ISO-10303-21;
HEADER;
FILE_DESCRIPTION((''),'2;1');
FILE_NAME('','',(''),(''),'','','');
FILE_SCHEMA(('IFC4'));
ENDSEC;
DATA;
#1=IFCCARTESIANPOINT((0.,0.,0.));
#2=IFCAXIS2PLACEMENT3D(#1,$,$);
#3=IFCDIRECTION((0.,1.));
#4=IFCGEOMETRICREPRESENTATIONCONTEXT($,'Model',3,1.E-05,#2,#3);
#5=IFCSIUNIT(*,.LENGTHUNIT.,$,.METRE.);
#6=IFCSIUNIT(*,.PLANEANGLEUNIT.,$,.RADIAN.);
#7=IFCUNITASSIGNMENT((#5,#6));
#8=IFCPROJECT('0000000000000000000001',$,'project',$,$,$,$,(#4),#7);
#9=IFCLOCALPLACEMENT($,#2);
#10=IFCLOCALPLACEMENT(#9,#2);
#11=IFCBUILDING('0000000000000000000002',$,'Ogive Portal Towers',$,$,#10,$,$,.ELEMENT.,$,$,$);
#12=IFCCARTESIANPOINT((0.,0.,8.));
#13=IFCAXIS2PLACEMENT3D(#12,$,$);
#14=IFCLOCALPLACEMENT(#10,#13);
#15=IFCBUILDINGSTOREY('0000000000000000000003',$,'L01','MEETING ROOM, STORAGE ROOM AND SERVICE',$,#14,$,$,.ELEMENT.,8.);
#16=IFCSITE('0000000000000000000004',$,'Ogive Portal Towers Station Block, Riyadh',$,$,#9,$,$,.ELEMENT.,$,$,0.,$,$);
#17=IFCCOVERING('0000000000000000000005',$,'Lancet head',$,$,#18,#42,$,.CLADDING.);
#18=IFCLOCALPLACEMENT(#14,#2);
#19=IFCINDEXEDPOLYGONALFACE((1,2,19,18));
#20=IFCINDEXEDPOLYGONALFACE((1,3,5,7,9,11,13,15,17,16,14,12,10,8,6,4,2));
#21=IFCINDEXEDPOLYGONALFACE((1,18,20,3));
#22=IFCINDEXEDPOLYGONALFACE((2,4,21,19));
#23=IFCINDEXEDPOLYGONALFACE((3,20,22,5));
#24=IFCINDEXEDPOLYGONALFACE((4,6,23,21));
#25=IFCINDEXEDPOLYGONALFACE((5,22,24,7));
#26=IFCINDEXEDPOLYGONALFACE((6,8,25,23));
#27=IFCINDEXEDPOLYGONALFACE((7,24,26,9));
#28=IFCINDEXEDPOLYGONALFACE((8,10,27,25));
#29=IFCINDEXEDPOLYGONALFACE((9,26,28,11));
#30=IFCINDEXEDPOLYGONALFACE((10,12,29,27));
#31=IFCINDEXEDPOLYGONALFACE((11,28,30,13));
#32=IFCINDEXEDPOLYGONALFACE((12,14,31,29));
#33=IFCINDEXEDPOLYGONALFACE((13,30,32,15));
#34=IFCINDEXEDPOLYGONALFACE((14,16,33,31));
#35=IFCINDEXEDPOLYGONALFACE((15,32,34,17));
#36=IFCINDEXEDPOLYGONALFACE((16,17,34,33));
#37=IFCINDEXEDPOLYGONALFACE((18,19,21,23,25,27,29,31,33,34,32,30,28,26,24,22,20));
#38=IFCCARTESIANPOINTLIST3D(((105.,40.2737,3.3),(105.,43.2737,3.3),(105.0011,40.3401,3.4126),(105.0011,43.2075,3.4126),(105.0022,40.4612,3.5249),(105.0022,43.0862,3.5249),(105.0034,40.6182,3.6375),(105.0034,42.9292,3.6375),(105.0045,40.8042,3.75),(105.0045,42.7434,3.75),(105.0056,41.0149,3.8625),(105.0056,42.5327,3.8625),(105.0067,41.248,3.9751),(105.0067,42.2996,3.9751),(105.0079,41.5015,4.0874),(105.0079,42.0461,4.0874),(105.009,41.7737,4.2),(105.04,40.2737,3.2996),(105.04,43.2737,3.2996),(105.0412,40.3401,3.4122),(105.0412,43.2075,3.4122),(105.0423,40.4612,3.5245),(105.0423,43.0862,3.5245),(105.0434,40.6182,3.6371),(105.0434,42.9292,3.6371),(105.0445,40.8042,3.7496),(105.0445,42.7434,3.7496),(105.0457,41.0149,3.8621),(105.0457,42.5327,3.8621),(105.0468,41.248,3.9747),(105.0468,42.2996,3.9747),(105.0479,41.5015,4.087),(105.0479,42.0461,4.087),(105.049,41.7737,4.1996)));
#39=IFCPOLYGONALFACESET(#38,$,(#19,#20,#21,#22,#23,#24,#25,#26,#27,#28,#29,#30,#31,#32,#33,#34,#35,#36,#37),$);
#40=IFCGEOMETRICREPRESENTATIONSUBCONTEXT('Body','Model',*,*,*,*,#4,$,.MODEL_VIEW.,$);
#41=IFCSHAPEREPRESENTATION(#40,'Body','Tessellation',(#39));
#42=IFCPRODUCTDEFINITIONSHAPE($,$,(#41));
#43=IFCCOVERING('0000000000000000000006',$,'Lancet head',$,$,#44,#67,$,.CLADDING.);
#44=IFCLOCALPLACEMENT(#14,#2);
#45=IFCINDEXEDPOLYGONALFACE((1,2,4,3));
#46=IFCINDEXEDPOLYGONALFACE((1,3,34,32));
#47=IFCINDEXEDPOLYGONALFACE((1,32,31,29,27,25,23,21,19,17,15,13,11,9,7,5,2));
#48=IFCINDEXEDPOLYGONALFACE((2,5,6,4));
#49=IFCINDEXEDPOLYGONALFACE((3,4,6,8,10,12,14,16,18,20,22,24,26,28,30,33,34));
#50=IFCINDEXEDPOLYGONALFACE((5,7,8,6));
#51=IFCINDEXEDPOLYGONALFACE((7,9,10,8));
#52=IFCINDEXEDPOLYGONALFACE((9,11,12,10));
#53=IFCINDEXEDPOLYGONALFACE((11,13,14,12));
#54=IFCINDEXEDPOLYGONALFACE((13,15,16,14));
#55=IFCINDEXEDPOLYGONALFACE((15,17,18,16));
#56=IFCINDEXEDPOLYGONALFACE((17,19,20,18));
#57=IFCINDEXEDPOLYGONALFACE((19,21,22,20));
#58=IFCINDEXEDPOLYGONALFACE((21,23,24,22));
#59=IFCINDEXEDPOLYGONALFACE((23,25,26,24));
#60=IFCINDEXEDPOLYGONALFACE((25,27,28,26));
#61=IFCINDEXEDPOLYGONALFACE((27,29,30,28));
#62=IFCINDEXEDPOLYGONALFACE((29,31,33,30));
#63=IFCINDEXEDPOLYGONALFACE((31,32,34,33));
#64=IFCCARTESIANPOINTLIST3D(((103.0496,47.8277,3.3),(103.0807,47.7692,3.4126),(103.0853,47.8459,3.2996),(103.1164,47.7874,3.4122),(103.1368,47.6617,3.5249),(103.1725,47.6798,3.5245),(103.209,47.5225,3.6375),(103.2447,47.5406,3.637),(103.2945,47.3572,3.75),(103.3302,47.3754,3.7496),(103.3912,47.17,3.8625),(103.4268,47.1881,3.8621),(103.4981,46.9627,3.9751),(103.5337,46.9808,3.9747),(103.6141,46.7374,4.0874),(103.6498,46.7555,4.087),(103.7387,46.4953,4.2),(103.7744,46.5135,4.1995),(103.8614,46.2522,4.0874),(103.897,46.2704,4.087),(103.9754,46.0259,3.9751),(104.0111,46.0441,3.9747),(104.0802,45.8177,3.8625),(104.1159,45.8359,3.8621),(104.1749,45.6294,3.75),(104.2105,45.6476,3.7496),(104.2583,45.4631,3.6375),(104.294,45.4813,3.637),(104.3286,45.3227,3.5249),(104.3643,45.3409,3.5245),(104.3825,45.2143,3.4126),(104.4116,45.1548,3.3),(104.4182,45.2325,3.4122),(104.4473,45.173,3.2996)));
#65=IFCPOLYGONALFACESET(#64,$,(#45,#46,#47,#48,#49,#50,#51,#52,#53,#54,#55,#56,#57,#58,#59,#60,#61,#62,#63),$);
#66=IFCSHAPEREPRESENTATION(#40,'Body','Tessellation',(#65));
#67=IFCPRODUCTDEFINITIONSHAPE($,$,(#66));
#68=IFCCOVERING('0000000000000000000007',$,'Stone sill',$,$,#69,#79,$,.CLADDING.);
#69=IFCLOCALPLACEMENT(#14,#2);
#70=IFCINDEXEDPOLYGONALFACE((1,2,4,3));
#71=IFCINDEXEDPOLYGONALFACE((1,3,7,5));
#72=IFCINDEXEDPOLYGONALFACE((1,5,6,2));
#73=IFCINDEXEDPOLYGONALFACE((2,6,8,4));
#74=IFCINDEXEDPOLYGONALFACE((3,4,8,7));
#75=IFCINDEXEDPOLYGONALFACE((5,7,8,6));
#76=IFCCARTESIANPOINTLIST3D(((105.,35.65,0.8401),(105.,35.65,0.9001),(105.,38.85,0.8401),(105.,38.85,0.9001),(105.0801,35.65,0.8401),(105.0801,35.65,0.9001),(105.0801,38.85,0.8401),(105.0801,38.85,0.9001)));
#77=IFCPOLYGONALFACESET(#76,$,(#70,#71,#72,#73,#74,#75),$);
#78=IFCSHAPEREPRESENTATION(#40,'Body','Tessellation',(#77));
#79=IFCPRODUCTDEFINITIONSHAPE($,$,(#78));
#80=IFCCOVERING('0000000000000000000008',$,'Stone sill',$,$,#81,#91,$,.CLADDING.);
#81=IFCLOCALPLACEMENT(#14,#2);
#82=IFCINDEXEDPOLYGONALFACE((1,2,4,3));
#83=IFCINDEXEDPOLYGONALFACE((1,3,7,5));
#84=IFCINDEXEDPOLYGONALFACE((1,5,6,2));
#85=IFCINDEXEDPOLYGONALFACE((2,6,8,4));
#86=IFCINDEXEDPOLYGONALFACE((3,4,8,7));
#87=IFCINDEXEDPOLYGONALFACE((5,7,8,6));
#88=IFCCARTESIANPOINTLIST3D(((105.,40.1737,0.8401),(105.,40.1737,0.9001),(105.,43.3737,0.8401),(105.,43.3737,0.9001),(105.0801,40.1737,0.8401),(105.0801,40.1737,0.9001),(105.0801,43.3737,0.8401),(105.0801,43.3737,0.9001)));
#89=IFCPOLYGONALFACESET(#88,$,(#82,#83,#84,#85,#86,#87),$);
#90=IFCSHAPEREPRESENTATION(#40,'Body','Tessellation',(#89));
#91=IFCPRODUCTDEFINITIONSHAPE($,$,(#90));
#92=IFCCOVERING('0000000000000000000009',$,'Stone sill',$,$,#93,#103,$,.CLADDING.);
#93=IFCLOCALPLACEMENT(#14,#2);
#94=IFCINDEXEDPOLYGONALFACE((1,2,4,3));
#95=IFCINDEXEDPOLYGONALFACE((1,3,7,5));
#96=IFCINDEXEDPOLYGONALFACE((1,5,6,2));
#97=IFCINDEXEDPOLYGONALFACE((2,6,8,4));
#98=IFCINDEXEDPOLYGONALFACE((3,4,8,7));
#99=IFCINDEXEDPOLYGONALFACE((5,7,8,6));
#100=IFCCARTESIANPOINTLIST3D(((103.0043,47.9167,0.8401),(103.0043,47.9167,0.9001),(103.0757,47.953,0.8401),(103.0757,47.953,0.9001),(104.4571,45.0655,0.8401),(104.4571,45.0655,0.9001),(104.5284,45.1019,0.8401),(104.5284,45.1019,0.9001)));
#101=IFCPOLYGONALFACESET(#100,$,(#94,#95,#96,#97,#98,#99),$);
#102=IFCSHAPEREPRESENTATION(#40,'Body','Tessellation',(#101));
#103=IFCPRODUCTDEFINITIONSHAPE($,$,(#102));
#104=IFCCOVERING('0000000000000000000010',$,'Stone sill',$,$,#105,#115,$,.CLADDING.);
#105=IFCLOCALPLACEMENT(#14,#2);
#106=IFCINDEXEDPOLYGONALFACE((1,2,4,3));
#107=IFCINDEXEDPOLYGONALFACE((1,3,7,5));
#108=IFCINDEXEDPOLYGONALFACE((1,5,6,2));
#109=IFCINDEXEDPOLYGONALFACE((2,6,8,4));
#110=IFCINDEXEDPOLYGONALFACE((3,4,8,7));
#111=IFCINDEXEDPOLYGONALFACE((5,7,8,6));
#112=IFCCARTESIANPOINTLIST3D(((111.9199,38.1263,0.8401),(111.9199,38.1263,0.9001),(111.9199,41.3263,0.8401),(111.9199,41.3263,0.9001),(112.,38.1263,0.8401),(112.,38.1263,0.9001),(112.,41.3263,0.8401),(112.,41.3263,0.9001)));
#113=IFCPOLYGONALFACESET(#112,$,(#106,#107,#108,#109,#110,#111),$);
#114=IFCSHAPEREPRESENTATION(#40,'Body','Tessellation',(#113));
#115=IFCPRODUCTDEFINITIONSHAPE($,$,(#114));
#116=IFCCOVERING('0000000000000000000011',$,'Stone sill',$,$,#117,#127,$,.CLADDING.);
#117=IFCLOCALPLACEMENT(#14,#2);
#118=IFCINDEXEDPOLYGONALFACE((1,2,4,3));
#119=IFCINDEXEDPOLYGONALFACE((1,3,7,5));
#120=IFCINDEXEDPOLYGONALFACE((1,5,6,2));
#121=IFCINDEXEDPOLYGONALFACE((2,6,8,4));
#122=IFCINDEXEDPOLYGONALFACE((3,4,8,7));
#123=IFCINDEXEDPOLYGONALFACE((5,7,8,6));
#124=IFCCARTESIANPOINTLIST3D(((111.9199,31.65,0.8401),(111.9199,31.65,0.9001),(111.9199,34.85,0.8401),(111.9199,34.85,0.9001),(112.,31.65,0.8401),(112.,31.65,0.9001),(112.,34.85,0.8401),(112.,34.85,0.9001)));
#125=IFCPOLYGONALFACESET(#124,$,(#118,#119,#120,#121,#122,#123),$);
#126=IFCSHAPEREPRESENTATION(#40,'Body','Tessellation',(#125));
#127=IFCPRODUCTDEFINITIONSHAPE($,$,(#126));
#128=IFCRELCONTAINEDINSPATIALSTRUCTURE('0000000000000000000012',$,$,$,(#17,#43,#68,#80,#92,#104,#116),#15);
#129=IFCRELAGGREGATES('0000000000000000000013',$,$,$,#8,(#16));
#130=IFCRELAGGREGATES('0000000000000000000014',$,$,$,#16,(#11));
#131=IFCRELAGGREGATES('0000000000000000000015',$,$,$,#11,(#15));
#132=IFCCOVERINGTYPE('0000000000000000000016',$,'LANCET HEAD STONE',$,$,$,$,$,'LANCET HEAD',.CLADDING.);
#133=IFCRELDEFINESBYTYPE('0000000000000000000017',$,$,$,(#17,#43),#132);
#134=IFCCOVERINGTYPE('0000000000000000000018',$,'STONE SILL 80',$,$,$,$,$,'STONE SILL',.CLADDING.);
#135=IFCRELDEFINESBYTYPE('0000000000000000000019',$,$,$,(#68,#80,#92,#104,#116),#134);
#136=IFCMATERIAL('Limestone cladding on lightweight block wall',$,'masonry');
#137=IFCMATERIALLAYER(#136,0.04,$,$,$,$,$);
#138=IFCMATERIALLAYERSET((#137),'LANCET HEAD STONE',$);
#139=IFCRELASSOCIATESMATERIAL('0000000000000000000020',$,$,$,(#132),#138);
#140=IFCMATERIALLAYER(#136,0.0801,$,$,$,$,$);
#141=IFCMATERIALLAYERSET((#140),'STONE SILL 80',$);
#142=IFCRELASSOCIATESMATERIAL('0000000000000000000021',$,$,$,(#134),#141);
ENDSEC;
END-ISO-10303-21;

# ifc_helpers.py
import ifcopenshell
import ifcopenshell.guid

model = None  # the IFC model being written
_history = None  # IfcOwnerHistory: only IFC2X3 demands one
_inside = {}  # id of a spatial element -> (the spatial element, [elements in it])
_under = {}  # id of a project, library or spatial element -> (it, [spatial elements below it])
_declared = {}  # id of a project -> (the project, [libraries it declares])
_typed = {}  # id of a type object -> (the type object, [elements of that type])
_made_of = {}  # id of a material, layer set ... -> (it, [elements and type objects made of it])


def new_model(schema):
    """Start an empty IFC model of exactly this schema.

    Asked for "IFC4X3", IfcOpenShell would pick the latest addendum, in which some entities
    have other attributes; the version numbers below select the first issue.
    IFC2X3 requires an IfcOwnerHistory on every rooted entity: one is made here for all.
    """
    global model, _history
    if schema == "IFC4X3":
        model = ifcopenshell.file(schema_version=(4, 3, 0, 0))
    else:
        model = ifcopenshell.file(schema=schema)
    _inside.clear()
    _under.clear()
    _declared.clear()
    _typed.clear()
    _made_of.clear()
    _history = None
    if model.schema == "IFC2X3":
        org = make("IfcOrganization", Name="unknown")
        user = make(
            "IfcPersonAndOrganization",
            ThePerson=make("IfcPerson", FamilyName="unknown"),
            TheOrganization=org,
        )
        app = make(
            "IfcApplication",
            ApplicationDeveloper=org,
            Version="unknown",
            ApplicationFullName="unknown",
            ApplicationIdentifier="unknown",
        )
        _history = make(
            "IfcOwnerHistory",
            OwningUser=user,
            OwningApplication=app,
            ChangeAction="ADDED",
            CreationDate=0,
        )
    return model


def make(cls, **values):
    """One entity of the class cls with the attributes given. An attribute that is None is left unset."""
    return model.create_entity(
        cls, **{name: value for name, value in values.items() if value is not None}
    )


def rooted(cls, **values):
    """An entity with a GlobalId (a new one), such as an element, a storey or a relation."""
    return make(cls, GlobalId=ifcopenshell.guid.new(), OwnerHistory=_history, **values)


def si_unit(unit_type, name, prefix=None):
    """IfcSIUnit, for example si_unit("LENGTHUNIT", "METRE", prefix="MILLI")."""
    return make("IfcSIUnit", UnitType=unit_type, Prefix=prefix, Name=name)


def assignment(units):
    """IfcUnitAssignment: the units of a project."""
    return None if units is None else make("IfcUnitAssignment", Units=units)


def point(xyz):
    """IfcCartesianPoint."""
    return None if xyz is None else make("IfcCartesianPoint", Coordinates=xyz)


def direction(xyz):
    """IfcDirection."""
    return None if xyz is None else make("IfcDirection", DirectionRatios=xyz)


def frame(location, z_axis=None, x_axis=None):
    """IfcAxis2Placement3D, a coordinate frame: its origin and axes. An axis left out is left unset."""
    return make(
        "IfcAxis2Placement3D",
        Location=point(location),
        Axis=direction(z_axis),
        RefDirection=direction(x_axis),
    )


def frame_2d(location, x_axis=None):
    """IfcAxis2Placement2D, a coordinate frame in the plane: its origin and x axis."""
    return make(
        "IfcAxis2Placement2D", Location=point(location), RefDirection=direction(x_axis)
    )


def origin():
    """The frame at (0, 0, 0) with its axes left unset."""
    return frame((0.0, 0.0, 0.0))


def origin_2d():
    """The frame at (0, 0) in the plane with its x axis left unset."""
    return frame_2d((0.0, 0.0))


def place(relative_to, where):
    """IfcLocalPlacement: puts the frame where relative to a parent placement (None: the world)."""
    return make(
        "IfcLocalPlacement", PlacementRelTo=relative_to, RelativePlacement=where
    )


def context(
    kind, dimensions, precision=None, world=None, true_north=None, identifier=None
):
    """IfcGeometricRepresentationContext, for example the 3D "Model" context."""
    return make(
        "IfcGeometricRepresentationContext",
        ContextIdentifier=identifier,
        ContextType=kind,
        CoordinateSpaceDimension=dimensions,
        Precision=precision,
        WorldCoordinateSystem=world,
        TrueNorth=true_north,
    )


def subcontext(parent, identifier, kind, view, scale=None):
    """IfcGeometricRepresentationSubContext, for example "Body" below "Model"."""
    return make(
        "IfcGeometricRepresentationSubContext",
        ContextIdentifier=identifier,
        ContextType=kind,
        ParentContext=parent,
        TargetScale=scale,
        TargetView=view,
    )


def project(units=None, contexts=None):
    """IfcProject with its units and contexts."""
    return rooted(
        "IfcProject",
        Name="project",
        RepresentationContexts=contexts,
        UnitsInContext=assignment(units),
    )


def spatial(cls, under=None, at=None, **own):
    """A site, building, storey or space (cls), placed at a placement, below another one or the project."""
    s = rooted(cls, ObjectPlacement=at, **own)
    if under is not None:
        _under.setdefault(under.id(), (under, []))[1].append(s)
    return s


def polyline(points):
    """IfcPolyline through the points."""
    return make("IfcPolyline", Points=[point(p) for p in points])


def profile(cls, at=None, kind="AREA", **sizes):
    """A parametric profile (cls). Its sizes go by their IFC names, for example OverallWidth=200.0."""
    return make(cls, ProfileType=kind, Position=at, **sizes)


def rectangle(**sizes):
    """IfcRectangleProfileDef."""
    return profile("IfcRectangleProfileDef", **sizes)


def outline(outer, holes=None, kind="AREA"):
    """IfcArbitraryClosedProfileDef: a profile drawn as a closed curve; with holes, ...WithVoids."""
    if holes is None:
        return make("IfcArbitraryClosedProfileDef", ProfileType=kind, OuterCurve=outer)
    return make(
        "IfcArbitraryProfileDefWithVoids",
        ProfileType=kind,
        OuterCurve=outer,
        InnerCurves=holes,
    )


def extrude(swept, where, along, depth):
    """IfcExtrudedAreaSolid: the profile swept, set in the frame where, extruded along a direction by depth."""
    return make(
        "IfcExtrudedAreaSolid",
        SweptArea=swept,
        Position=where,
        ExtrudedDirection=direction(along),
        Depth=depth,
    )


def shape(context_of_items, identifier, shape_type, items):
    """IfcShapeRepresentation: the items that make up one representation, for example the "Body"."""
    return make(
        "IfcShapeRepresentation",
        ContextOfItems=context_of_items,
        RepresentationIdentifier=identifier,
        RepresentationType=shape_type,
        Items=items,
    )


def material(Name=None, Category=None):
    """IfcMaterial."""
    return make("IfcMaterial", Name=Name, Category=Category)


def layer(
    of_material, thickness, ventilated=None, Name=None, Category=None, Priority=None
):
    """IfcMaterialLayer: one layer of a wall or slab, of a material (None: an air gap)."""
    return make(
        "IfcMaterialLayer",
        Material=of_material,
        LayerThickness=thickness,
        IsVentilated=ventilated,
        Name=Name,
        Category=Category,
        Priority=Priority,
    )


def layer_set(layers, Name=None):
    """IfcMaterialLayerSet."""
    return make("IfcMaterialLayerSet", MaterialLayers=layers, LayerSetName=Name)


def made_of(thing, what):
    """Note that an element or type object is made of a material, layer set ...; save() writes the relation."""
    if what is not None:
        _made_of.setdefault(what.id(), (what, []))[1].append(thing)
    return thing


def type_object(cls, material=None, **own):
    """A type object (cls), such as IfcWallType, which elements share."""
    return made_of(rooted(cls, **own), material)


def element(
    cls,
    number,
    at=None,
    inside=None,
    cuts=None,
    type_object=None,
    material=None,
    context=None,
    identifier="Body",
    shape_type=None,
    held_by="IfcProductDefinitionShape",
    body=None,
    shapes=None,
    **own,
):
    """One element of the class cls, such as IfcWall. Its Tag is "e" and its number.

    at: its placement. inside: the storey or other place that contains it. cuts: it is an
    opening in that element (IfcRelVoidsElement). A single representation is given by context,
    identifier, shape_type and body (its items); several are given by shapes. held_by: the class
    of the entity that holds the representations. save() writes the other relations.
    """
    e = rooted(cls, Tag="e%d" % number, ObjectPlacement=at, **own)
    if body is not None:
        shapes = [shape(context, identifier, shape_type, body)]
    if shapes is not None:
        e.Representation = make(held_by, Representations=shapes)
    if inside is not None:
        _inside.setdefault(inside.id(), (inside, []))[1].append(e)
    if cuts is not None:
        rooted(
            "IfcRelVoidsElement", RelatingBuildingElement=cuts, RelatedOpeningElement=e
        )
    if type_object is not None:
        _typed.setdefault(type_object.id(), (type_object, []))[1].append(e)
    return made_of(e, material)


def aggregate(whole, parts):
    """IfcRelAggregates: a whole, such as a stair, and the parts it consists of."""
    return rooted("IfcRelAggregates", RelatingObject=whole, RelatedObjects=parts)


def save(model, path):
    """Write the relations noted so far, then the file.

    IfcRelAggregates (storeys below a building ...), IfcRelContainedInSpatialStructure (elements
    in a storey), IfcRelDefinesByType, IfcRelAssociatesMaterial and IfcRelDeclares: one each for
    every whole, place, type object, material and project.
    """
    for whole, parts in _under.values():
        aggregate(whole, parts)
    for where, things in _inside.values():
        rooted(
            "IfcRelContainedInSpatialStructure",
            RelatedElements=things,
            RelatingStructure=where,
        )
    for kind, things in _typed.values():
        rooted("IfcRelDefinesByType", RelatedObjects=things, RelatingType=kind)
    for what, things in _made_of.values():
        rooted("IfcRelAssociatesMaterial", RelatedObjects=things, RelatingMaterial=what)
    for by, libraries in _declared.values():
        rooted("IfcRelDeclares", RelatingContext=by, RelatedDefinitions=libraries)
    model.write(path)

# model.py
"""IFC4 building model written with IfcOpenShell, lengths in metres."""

from ifc_helpers import new_model, si_unit, direction, frame, origin, origin_2d, place, context, subcontext, project, spatial, polyline, rectangle, outline, extrude, material, layer, layer_set, type_object, element, save


model = new_model("IFC4")

# Units and contexts
model_context = context("Model", 3, precision=1e-05, world=origin(), true_north=direction((0.0, 1.0)))
body_context = subcontext(model_context, "Body", "Model", "MODEL_VIEW")
ifc_project = project(units=[si_unit("LENGTHUNIT", "METRE"), si_unit("PLANEANGLEUNIT", "RADIAN")], contexts=[model_context])

# Site, building, storey
site_placement = place(None, origin())
site = spatial("IfcSite", under=ifc_project, at=site_placement, Name="Ogive Portal Towers Station Block, Riyadh", CompositionType="ELEMENT", RefElevation=0.0)
building_placement = place(site_placement, origin())
building = spatial("IfcBuilding", under=site, at=building_placement, Name="Ogive Portal Towers", CompositionType="ELEMENT")
storey_placement = place(building_placement, frame((0.0, 0.0, 8.0)))
storey = spatial("IfcBuildingStorey", under=building, at=storey_placement, Name="L01", Description="MEETING ROOM, STORAGE ROOM AND SERVICE", CompositionType="ELEMENT", Elevation=8.0)

# Shared definitions
ifc_material_1 = material(Name="Limestone cladding on lightweight block wall", Category="masonry")

# Coverings
ifc_layer_1 = layer(ifc_material_1, 0.04)
ifc_layer_set_1 = layer_set([ifc_layer_1], Name="LANCET HEAD STONE")
covering_type_1 = type_object("IfcCoveringType", Name="LANCET HEAD STONE", ElementType="LANCET HEAD", PredefinedType="CLADDING", material=ifc_layer_set_1)
covering_1_placement = place(storey_placement, frame((105.0, 40.2737, 3.3), z_axis=(-0.99995, 0.0, 0.009994), x_axis=(0.0, 1.0, 0.0)))
element("IfcCovering", 1, at=covering_1_placement, inside=storey, type_object=covering_type_1, Name="Lancet head", PredefinedType="CLADDING", context=body_context, shape_type="SweptSolid", body=[
    extrude(outline(polyline([(0.0, 0.0), (3.0, 0.0), (2.9338, -0.1126), (2.8125, -0.2249), (2.6555, -0.3374), (2.4697, -0.45), (2.259, -0.5625), (2.0259, -0.6751), (1.7725, -0.7874), (1.5, -0.8999), (1.2278, -0.7874), (0.9744, -0.6751), (0.7412, -0.5625), (0.5305, -0.45), (0.3445, -0.3374), (0.1875, -0.2249), (0.0664, -0.1126), (0.0, 0.0)])), origin(), (0.0, 0.0, -1.0), 0.04),
])
covering_2_placement = place(storey_placement, frame((104.4116, 45.1548, 3.3), z_axis=(-0.890951, -0.453987, 0.010108), x_axis=(-0.45401, 0.890997, 0.0)))
element("IfcCovering", 2, at=covering_2_placement, inside=storey, type_object=covering_type_1, Name="Lancet head", PredefinedType="CLADDING", context=body_context, shape_type="SweptSolid", body=[
    extrude(outline(polyline([(0.0, 0.0), (2.9999, 0.0), (2.9337, -0.1126), (2.8124, -0.2249), (2.6556, -0.3374), (2.4695, -0.45), (2.2588, -0.5625), (2.0256, -0.6751), (1.7721, -0.7874), (1.4999, -0.8999), (1.2276, -0.7874), (0.9742, -0.6751), (0.7411, -0.5625), (0.5304, -0.45), (0.3443, -0.3374), (0.1873, -0.2249), (0.0663, -0.1126), (0.0, 0.0)])), origin(), (0.0, 0.0, -1.0), 0.04),
])
ifc_layer_2 = layer(ifc_material_1, 0.0801)
ifc_layer_set_2 = layer_set([ifc_layer_2], Name="STONE SILL 80")
covering_type_2 = type_object("IfcCoveringType", Name="STONE SILL 80", ElementType="STONE SILL", PredefinedType="CLADDING", material=ifc_layer_set_2)
for number, where, z_axis, x_axis, name in (
    (3, (105.04, 37.25, 0.8401), (0.0, 0.0, 1.0), (0.0, 1.0, 0.0), "Stone sill"),
    (4, (105.04, 41.7737, 0.8401), (0.0, 0.0, 1.0), (0.0, 1.0, 0.0), "Stone sill"),
    (5, (103.7664, 46.5093, 0.8401), (0.0, 0.0, 1.0), (-0.45399, 0.891007, 0.0), "Stone sill"),
    (6, (111.96, 39.7263, 0.8401), (0.0, 0.0, 1.0), (0.0, -1.0, 0.0), "Stone sill"),
    (7, (111.96, 33.25, 0.8401), (0.0, 0.0, 1.0), (0.0, -1.0, 0.0), "Stone sill"),
):
    element("IfcCovering", number, at=place(storey_placement, frame(where, z_axis=z_axis, x_axis=x_axis)), inside=storey, type_object=covering_type_2, Name=name, PredefinedType="CLADDING", context=body_context, shape_type="SweptSolid", body=[
        extrude(rectangle(XDim=3.2, YDim=0.0801, at=origin_2d()), origin(), (0.0, 0.0, 1.0), 0.0601),
    ])

save(model, "model.ifc")
